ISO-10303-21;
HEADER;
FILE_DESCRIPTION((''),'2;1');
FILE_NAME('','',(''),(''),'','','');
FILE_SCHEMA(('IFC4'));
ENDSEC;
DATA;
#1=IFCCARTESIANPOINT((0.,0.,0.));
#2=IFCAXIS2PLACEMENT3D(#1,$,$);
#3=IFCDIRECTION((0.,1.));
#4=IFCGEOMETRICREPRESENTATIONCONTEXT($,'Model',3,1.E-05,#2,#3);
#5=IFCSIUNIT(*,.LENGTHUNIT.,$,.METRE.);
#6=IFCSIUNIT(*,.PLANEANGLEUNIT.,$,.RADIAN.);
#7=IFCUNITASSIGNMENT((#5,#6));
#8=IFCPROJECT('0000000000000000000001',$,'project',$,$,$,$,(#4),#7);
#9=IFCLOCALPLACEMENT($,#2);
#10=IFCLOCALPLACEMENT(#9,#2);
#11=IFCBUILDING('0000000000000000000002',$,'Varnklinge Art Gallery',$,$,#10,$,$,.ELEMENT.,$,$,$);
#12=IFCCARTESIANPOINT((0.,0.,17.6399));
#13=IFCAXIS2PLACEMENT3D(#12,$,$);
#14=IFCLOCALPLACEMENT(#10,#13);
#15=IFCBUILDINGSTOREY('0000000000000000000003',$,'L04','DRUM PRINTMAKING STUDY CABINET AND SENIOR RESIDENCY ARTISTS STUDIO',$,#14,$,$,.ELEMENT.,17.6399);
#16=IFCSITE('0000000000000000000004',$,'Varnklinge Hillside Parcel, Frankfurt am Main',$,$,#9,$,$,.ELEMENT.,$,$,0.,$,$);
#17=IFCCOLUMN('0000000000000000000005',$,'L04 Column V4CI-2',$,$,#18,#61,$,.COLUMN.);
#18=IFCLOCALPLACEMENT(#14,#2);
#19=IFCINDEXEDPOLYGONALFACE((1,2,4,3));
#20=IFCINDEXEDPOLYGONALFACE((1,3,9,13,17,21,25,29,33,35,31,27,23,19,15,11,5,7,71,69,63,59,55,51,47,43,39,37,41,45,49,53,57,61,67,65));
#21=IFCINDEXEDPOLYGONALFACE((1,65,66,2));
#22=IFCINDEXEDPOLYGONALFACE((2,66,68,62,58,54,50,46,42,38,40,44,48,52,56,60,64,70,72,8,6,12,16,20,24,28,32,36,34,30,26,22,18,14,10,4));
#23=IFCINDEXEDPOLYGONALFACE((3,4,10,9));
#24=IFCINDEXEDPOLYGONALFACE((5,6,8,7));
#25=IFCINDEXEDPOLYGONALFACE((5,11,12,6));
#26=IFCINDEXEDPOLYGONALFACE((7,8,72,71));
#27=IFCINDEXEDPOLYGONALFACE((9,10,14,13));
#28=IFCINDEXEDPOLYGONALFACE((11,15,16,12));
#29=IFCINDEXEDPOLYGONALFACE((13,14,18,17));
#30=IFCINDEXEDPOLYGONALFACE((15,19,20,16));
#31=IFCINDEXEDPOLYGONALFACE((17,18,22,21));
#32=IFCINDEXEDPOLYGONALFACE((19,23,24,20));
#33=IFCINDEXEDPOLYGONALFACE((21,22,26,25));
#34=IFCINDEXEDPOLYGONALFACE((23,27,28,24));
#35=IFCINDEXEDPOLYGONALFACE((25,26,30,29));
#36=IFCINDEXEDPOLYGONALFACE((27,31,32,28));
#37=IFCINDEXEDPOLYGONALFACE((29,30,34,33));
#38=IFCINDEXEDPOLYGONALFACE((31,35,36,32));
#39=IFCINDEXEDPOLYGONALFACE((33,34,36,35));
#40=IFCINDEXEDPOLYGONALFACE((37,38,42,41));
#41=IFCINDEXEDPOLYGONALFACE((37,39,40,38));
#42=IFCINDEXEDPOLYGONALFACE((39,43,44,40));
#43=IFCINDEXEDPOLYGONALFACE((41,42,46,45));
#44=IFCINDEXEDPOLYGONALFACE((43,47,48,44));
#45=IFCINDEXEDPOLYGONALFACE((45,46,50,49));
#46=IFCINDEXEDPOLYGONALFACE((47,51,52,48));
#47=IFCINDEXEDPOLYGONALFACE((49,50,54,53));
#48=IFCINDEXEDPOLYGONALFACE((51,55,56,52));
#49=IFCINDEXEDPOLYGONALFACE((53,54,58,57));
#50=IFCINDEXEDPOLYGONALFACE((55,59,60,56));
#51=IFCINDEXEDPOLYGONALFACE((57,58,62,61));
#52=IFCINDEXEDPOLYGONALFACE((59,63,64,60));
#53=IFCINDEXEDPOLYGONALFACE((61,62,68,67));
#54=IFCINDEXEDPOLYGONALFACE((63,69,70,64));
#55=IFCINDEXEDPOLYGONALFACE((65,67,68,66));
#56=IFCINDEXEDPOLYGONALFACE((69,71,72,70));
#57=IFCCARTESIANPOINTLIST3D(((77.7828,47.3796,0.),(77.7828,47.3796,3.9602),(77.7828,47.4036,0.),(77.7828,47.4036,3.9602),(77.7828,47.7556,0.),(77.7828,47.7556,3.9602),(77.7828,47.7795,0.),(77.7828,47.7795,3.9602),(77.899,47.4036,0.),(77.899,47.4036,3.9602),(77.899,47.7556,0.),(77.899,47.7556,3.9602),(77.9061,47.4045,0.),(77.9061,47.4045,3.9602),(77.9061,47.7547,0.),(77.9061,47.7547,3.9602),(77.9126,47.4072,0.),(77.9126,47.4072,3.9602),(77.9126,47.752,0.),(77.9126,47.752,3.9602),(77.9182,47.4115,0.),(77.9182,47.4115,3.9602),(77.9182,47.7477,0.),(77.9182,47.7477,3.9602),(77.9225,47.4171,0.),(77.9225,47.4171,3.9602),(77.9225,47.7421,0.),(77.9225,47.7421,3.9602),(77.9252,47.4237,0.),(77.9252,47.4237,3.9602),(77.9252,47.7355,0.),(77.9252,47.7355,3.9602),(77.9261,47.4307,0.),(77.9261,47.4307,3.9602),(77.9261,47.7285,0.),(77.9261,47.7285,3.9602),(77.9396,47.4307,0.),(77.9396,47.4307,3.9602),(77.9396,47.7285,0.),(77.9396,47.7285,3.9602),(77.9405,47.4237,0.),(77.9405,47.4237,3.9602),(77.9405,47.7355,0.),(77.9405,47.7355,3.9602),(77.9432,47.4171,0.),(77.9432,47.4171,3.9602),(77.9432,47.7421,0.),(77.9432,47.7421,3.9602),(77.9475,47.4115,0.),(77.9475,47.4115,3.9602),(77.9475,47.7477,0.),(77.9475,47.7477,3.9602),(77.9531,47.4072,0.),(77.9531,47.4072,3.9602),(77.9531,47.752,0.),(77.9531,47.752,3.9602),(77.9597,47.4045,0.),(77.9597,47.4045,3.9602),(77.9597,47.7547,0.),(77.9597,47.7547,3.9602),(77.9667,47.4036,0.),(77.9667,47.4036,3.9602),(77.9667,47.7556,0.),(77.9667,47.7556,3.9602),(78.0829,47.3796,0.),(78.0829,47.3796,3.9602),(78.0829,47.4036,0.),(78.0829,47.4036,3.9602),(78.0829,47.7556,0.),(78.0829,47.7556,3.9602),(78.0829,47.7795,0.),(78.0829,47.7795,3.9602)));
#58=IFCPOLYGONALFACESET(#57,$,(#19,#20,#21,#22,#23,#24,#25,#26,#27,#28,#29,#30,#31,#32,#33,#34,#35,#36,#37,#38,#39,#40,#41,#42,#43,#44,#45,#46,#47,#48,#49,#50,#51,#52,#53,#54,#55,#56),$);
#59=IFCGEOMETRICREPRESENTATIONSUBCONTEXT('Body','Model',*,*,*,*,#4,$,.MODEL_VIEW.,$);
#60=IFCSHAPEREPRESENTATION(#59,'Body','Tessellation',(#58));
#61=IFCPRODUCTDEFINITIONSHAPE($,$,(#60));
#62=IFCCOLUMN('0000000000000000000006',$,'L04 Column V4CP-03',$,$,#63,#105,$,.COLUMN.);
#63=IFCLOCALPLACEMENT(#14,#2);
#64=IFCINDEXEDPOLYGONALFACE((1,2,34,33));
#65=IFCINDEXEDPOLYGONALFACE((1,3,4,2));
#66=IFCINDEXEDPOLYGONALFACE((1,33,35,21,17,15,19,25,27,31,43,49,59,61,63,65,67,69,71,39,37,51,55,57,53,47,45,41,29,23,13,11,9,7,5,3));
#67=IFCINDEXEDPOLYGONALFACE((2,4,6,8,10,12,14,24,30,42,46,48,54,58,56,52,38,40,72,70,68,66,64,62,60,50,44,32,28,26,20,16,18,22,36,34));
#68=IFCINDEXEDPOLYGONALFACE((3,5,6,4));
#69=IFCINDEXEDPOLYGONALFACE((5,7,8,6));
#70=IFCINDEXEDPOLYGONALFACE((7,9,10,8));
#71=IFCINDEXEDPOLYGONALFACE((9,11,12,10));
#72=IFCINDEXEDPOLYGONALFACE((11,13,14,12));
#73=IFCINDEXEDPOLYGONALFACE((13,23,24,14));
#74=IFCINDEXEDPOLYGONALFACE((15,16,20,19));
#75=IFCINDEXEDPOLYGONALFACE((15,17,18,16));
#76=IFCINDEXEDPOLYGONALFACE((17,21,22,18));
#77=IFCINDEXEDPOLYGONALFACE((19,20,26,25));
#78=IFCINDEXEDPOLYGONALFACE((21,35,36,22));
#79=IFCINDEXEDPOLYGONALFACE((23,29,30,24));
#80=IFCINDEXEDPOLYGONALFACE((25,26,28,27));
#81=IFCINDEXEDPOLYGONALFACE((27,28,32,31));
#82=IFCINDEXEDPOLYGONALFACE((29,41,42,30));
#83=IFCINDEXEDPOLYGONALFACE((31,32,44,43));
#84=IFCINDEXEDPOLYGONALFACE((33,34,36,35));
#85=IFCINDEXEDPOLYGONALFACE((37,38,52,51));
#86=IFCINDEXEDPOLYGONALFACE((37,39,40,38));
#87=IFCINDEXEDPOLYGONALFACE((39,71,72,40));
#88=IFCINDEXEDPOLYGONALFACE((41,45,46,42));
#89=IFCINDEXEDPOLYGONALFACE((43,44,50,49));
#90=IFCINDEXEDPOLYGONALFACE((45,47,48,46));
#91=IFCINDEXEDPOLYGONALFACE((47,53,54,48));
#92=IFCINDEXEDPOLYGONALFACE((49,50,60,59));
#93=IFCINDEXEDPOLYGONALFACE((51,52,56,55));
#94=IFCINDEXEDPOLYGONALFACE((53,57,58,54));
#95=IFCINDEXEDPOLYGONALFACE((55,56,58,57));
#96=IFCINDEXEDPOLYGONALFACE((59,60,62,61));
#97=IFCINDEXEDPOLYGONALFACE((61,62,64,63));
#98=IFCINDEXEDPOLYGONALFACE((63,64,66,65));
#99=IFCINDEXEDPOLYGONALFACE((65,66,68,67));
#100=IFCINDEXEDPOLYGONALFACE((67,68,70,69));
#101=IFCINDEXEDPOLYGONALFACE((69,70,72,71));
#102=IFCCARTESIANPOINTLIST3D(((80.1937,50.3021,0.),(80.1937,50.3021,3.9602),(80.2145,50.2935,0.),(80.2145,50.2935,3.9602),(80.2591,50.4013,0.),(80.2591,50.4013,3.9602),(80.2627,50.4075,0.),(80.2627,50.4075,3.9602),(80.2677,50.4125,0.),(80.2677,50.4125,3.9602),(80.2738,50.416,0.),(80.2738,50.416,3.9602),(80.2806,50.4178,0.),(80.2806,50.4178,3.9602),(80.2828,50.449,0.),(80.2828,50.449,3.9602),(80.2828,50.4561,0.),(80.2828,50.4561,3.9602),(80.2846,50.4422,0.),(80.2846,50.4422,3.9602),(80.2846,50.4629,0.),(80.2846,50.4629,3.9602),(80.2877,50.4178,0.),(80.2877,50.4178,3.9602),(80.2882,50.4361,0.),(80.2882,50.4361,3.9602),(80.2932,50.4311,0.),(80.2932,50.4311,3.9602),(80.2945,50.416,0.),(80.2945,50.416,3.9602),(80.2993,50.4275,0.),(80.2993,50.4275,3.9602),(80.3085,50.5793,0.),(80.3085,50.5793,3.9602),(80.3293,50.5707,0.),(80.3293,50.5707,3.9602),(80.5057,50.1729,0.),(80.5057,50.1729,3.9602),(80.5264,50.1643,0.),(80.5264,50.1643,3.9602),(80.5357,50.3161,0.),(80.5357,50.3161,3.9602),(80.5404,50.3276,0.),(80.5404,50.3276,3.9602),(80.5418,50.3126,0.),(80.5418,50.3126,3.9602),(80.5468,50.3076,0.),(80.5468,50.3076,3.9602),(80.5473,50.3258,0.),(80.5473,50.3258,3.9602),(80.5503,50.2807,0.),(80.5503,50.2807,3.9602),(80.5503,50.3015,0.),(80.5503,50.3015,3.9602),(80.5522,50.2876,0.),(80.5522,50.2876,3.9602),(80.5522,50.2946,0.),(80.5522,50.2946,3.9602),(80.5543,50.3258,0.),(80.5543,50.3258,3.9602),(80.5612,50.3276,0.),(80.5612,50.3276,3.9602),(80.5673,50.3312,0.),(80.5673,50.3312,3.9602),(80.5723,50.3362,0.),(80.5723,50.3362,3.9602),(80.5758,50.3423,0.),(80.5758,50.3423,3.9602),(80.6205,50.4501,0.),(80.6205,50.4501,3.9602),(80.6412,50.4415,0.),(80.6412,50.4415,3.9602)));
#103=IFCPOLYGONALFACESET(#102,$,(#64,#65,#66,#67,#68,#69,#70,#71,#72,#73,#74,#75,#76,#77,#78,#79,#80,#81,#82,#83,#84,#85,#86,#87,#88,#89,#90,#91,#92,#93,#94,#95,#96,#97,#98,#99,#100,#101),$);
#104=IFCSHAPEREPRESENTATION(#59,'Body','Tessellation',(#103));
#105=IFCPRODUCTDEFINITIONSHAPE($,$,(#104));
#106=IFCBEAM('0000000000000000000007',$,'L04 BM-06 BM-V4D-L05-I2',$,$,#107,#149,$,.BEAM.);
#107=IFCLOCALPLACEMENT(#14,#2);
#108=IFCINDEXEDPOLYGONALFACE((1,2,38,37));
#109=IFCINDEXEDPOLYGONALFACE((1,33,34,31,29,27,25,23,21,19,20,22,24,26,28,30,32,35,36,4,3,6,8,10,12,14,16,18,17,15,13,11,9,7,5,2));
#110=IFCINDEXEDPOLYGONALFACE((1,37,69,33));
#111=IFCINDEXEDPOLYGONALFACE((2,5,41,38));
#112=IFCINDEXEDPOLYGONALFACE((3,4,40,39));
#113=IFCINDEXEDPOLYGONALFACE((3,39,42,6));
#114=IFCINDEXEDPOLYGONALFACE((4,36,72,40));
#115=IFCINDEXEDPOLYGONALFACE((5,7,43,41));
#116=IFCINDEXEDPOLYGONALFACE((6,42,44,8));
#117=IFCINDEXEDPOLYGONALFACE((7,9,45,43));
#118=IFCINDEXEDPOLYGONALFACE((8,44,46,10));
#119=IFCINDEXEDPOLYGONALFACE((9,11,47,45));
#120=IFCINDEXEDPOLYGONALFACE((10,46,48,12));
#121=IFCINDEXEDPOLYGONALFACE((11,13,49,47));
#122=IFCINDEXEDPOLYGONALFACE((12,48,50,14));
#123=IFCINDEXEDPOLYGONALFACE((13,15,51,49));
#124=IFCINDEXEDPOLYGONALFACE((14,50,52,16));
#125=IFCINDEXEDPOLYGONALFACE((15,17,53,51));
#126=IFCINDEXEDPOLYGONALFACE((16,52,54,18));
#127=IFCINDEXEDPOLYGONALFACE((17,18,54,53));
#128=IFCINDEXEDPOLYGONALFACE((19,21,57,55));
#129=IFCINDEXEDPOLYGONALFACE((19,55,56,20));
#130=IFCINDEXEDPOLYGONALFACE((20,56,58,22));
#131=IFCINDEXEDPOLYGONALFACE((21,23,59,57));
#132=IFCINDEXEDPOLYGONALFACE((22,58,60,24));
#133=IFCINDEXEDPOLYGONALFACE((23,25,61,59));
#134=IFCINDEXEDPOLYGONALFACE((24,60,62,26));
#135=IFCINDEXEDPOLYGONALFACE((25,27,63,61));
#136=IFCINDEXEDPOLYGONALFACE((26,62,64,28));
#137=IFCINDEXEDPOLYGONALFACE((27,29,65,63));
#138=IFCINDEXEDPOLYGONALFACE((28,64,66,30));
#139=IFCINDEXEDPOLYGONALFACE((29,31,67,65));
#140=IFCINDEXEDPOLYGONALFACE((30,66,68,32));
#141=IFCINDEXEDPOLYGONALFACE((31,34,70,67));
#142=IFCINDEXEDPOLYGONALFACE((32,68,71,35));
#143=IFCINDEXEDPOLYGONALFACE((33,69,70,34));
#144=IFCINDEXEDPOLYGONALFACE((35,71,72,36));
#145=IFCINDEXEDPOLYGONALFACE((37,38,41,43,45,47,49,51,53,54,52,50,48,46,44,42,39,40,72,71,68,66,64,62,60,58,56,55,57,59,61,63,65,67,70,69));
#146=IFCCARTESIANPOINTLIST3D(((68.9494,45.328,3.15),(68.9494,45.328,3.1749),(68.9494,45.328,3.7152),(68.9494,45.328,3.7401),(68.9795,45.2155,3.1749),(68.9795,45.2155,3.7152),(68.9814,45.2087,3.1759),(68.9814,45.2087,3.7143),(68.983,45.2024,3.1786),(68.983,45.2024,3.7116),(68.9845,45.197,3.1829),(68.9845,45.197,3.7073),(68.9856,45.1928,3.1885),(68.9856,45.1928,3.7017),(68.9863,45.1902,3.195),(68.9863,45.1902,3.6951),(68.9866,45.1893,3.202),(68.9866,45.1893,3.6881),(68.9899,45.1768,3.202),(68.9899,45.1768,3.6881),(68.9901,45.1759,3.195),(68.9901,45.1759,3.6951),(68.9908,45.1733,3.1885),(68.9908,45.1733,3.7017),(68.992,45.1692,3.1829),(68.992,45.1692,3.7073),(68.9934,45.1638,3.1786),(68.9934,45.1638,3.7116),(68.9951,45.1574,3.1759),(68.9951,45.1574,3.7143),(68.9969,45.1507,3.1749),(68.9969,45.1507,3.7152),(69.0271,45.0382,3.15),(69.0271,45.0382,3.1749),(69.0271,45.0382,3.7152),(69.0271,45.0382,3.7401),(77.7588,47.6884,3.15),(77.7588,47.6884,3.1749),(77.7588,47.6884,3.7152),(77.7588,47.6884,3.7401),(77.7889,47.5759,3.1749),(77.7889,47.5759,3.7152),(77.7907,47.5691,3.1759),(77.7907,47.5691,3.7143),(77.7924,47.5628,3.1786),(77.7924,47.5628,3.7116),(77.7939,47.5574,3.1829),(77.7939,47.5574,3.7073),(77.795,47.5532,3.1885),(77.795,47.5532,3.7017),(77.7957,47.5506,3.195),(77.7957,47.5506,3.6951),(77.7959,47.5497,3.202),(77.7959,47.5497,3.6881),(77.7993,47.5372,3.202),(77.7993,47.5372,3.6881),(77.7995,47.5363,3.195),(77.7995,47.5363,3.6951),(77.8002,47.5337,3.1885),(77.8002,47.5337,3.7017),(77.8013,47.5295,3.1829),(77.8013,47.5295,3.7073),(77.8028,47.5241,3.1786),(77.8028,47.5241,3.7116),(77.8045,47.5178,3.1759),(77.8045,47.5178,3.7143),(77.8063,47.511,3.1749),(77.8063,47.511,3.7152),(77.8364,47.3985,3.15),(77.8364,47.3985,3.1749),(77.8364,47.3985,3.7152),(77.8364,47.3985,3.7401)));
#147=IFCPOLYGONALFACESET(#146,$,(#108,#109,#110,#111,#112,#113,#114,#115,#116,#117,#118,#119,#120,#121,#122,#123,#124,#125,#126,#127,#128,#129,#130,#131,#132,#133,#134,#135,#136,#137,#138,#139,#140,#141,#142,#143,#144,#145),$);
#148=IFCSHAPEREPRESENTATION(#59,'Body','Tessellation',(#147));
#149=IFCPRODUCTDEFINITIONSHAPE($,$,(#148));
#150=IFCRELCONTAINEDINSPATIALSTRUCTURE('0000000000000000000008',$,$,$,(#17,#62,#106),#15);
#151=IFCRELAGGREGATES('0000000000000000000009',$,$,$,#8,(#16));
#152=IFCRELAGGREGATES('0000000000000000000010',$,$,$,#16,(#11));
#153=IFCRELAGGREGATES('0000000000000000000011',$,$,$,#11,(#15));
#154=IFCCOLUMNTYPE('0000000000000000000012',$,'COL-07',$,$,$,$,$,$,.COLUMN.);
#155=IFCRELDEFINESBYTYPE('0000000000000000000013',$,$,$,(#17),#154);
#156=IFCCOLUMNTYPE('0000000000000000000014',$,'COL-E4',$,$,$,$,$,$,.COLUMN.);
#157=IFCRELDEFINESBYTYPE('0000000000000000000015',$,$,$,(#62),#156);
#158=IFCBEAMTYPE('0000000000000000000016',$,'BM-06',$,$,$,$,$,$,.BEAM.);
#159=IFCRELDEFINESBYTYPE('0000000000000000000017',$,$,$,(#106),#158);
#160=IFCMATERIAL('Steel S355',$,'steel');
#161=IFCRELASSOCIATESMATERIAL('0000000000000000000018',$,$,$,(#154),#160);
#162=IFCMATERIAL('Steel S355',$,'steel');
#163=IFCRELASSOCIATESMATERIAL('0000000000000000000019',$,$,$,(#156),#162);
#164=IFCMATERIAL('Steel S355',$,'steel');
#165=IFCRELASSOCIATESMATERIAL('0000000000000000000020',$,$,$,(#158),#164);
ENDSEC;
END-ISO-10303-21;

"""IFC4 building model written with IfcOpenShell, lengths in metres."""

from ifc_helpers import new_model, si_unit, direction, frame, origin, origin_2d, place, context, subcontext, project, spatial, i_section, extrude, material, material_profile, profile_set, type_object, element, save


model = new_model("IFC4")

# Units and contexts
model_context = context("Model", 3, precision=1e-05, world=origin(), true_north=direction((0.0, 1.0)))
body_context = subcontext(model_context, "Body", "Model", "MODEL_VIEW")
ifc_project = project(units=[si_unit("LENGTHUNIT", "METRE"), si_unit("PLANEANGLEUNIT", "RADIAN")], contexts=[model_context])

# Site, building, storey
site_placement = place(None, origin())
site = spatial("IfcSite", under=ifc_project, at=site_placement, Name="Varnklinge Hillside Parcel, Frankfurt am Main", CompositionType="ELEMENT", RefElevation=0.0)
building_placement = place(site_placement, origin())
building = spatial("IfcBuilding", under=site, at=building_placement, Name="Varnklinge Art Gallery", CompositionType="ELEMENT")
storey_placement = place(building_placement, frame((0.0, 0.0, 17.6399)))
storey = spatial("IfcBuildingStorey", under=building, at=storey_placement, Name="L04", Description="DRUM PRINTMAKING STUDY CABINET AND SENIOR RESIDENCY ARTISTS STUDIO", CompositionType="ELEMENT", Elevation=17.6399)

# Columns
ifc_material_1 = material(Name="Steel S355", Category="steel")
ifc_material_profile_1 = material_profile(ifc_material_1, i_section(OverallWidth=0.3, OverallDepth=0.3999, WebThickness=0.0134, FlangeThickness=0.0239, FilletRadius=0.0271, at=origin_2d()), Name="HEB 400")
ifc_profile_set_1 = profile_set([ifc_material_profile_1], Name="Steel S355")
column_type_1 = type_object("IfcColumnType", Name="COL-07", PredefinedType="COLUMN", material=ifc_profile_set_1)
column_1_placement = place(storey_placement, frame((77.9329, 47.5796, 0.0), z_axis=(0.0, 0.0, 1.0), x_axis=(1.0, 0.0, 0.0)))
element("IfcColumn", 1, at=column_1_placement, inside=storey, type_object=column_type_1, Name="L04 Column V4CI-2", PredefinedType="COLUMN", context=body_context, shape_type="SweptSolid", body=[
    extrude(i_section(OverallWidth=0.3, OverallDepth=0.3999, WebThickness=0.0134, FlangeThickness=0.0239, FilletRadius=0.0271, at=origin_2d()), origin(), (0.0, 0.0, 1.0), 3.9602),
])
ifc_material_2 = material(Name="Steel S355", Category="steel")
ifc_material_profile_2 = material_profile(ifc_material_2, i_section(OverallWidth=0.3, OverallDepth=0.3601, WebThickness=0.0125, FlangeThickness=0.0225, FilletRadius=0.0271, at=origin_2d()), Name="HEB 360")
ifc_profile_set_2 = profile_set([ifc_material_profile_2], Name="Steel S355")
column_type_2 = type_object("IfcColumnType", Name="COL-E4", PredefinedType="COLUMN", material=ifc_profile_set_2)
column_2_placement = place(storey_placement, frame((80.4175, 50.3718, 0.0), z_axis=(0.0, 0.0, 1.0), x_axis=(0.382683, 0.92388, 0.0)))
element("IfcColumn", 2, at=column_2_placement, inside=storey, type_object=column_type_2, Name="L04 Column V4CP-03", PredefinedType="COLUMN", context=body_context, shape_type="SweptSolid", body=[
    extrude(i_section(OverallWidth=0.3, OverallDepth=0.3601, WebThickness=0.0125, FlangeThickness=0.0225, FilletRadius=0.0271, at=origin_2d()), origin(), (0.0, 0.0, 1.0), 3.9602),
])

# Beam
ifc_material_3 = material(Name="Steel S355", Category="steel")
ifc_material_profile_3 = material_profile(ifc_material_3, i_section(OverallWidth=0.3, OverallDepth=0.5901, WebThickness=0.0129, FlangeThickness=0.0249, FilletRadius=0.0271, at=origin_2d()), Name="HEA 600")
ifc_profile_set_3 = profile_set([ifc_material_profile_3], Name="Steel S355")
beam_type_1 = type_object("IfcBeamType", Name="BM-06", PredefinedType="BEAM", material=ifc_profile_set_3)
beam_1_placement = place(storey_placement, frame((77.7976, 47.5435, 3.4451), z_axis=(-0.965929, -0.258809, 0.0), x_axis=(0.258809, -0.965929, 0.0)))
element("IfcBeam", 3, at=beam_1_placement, inside=storey, type_object=beam_type_1, Name="L04 BM-06 BM-V4D-L05-I2", PredefinedType="BEAM", context=body_context, shape_type="SweptSolid", body=[
    extrude(i_section(OverallWidth=0.3, OverallDepth=0.5901, WebThickness=0.0129, FlangeThickness=0.0249, FilletRadius=0.0271, at=origin_2d()), origin(), (0.0, 0.0, 1.0), 9.1201),
])

save(model, "model.ifc")
